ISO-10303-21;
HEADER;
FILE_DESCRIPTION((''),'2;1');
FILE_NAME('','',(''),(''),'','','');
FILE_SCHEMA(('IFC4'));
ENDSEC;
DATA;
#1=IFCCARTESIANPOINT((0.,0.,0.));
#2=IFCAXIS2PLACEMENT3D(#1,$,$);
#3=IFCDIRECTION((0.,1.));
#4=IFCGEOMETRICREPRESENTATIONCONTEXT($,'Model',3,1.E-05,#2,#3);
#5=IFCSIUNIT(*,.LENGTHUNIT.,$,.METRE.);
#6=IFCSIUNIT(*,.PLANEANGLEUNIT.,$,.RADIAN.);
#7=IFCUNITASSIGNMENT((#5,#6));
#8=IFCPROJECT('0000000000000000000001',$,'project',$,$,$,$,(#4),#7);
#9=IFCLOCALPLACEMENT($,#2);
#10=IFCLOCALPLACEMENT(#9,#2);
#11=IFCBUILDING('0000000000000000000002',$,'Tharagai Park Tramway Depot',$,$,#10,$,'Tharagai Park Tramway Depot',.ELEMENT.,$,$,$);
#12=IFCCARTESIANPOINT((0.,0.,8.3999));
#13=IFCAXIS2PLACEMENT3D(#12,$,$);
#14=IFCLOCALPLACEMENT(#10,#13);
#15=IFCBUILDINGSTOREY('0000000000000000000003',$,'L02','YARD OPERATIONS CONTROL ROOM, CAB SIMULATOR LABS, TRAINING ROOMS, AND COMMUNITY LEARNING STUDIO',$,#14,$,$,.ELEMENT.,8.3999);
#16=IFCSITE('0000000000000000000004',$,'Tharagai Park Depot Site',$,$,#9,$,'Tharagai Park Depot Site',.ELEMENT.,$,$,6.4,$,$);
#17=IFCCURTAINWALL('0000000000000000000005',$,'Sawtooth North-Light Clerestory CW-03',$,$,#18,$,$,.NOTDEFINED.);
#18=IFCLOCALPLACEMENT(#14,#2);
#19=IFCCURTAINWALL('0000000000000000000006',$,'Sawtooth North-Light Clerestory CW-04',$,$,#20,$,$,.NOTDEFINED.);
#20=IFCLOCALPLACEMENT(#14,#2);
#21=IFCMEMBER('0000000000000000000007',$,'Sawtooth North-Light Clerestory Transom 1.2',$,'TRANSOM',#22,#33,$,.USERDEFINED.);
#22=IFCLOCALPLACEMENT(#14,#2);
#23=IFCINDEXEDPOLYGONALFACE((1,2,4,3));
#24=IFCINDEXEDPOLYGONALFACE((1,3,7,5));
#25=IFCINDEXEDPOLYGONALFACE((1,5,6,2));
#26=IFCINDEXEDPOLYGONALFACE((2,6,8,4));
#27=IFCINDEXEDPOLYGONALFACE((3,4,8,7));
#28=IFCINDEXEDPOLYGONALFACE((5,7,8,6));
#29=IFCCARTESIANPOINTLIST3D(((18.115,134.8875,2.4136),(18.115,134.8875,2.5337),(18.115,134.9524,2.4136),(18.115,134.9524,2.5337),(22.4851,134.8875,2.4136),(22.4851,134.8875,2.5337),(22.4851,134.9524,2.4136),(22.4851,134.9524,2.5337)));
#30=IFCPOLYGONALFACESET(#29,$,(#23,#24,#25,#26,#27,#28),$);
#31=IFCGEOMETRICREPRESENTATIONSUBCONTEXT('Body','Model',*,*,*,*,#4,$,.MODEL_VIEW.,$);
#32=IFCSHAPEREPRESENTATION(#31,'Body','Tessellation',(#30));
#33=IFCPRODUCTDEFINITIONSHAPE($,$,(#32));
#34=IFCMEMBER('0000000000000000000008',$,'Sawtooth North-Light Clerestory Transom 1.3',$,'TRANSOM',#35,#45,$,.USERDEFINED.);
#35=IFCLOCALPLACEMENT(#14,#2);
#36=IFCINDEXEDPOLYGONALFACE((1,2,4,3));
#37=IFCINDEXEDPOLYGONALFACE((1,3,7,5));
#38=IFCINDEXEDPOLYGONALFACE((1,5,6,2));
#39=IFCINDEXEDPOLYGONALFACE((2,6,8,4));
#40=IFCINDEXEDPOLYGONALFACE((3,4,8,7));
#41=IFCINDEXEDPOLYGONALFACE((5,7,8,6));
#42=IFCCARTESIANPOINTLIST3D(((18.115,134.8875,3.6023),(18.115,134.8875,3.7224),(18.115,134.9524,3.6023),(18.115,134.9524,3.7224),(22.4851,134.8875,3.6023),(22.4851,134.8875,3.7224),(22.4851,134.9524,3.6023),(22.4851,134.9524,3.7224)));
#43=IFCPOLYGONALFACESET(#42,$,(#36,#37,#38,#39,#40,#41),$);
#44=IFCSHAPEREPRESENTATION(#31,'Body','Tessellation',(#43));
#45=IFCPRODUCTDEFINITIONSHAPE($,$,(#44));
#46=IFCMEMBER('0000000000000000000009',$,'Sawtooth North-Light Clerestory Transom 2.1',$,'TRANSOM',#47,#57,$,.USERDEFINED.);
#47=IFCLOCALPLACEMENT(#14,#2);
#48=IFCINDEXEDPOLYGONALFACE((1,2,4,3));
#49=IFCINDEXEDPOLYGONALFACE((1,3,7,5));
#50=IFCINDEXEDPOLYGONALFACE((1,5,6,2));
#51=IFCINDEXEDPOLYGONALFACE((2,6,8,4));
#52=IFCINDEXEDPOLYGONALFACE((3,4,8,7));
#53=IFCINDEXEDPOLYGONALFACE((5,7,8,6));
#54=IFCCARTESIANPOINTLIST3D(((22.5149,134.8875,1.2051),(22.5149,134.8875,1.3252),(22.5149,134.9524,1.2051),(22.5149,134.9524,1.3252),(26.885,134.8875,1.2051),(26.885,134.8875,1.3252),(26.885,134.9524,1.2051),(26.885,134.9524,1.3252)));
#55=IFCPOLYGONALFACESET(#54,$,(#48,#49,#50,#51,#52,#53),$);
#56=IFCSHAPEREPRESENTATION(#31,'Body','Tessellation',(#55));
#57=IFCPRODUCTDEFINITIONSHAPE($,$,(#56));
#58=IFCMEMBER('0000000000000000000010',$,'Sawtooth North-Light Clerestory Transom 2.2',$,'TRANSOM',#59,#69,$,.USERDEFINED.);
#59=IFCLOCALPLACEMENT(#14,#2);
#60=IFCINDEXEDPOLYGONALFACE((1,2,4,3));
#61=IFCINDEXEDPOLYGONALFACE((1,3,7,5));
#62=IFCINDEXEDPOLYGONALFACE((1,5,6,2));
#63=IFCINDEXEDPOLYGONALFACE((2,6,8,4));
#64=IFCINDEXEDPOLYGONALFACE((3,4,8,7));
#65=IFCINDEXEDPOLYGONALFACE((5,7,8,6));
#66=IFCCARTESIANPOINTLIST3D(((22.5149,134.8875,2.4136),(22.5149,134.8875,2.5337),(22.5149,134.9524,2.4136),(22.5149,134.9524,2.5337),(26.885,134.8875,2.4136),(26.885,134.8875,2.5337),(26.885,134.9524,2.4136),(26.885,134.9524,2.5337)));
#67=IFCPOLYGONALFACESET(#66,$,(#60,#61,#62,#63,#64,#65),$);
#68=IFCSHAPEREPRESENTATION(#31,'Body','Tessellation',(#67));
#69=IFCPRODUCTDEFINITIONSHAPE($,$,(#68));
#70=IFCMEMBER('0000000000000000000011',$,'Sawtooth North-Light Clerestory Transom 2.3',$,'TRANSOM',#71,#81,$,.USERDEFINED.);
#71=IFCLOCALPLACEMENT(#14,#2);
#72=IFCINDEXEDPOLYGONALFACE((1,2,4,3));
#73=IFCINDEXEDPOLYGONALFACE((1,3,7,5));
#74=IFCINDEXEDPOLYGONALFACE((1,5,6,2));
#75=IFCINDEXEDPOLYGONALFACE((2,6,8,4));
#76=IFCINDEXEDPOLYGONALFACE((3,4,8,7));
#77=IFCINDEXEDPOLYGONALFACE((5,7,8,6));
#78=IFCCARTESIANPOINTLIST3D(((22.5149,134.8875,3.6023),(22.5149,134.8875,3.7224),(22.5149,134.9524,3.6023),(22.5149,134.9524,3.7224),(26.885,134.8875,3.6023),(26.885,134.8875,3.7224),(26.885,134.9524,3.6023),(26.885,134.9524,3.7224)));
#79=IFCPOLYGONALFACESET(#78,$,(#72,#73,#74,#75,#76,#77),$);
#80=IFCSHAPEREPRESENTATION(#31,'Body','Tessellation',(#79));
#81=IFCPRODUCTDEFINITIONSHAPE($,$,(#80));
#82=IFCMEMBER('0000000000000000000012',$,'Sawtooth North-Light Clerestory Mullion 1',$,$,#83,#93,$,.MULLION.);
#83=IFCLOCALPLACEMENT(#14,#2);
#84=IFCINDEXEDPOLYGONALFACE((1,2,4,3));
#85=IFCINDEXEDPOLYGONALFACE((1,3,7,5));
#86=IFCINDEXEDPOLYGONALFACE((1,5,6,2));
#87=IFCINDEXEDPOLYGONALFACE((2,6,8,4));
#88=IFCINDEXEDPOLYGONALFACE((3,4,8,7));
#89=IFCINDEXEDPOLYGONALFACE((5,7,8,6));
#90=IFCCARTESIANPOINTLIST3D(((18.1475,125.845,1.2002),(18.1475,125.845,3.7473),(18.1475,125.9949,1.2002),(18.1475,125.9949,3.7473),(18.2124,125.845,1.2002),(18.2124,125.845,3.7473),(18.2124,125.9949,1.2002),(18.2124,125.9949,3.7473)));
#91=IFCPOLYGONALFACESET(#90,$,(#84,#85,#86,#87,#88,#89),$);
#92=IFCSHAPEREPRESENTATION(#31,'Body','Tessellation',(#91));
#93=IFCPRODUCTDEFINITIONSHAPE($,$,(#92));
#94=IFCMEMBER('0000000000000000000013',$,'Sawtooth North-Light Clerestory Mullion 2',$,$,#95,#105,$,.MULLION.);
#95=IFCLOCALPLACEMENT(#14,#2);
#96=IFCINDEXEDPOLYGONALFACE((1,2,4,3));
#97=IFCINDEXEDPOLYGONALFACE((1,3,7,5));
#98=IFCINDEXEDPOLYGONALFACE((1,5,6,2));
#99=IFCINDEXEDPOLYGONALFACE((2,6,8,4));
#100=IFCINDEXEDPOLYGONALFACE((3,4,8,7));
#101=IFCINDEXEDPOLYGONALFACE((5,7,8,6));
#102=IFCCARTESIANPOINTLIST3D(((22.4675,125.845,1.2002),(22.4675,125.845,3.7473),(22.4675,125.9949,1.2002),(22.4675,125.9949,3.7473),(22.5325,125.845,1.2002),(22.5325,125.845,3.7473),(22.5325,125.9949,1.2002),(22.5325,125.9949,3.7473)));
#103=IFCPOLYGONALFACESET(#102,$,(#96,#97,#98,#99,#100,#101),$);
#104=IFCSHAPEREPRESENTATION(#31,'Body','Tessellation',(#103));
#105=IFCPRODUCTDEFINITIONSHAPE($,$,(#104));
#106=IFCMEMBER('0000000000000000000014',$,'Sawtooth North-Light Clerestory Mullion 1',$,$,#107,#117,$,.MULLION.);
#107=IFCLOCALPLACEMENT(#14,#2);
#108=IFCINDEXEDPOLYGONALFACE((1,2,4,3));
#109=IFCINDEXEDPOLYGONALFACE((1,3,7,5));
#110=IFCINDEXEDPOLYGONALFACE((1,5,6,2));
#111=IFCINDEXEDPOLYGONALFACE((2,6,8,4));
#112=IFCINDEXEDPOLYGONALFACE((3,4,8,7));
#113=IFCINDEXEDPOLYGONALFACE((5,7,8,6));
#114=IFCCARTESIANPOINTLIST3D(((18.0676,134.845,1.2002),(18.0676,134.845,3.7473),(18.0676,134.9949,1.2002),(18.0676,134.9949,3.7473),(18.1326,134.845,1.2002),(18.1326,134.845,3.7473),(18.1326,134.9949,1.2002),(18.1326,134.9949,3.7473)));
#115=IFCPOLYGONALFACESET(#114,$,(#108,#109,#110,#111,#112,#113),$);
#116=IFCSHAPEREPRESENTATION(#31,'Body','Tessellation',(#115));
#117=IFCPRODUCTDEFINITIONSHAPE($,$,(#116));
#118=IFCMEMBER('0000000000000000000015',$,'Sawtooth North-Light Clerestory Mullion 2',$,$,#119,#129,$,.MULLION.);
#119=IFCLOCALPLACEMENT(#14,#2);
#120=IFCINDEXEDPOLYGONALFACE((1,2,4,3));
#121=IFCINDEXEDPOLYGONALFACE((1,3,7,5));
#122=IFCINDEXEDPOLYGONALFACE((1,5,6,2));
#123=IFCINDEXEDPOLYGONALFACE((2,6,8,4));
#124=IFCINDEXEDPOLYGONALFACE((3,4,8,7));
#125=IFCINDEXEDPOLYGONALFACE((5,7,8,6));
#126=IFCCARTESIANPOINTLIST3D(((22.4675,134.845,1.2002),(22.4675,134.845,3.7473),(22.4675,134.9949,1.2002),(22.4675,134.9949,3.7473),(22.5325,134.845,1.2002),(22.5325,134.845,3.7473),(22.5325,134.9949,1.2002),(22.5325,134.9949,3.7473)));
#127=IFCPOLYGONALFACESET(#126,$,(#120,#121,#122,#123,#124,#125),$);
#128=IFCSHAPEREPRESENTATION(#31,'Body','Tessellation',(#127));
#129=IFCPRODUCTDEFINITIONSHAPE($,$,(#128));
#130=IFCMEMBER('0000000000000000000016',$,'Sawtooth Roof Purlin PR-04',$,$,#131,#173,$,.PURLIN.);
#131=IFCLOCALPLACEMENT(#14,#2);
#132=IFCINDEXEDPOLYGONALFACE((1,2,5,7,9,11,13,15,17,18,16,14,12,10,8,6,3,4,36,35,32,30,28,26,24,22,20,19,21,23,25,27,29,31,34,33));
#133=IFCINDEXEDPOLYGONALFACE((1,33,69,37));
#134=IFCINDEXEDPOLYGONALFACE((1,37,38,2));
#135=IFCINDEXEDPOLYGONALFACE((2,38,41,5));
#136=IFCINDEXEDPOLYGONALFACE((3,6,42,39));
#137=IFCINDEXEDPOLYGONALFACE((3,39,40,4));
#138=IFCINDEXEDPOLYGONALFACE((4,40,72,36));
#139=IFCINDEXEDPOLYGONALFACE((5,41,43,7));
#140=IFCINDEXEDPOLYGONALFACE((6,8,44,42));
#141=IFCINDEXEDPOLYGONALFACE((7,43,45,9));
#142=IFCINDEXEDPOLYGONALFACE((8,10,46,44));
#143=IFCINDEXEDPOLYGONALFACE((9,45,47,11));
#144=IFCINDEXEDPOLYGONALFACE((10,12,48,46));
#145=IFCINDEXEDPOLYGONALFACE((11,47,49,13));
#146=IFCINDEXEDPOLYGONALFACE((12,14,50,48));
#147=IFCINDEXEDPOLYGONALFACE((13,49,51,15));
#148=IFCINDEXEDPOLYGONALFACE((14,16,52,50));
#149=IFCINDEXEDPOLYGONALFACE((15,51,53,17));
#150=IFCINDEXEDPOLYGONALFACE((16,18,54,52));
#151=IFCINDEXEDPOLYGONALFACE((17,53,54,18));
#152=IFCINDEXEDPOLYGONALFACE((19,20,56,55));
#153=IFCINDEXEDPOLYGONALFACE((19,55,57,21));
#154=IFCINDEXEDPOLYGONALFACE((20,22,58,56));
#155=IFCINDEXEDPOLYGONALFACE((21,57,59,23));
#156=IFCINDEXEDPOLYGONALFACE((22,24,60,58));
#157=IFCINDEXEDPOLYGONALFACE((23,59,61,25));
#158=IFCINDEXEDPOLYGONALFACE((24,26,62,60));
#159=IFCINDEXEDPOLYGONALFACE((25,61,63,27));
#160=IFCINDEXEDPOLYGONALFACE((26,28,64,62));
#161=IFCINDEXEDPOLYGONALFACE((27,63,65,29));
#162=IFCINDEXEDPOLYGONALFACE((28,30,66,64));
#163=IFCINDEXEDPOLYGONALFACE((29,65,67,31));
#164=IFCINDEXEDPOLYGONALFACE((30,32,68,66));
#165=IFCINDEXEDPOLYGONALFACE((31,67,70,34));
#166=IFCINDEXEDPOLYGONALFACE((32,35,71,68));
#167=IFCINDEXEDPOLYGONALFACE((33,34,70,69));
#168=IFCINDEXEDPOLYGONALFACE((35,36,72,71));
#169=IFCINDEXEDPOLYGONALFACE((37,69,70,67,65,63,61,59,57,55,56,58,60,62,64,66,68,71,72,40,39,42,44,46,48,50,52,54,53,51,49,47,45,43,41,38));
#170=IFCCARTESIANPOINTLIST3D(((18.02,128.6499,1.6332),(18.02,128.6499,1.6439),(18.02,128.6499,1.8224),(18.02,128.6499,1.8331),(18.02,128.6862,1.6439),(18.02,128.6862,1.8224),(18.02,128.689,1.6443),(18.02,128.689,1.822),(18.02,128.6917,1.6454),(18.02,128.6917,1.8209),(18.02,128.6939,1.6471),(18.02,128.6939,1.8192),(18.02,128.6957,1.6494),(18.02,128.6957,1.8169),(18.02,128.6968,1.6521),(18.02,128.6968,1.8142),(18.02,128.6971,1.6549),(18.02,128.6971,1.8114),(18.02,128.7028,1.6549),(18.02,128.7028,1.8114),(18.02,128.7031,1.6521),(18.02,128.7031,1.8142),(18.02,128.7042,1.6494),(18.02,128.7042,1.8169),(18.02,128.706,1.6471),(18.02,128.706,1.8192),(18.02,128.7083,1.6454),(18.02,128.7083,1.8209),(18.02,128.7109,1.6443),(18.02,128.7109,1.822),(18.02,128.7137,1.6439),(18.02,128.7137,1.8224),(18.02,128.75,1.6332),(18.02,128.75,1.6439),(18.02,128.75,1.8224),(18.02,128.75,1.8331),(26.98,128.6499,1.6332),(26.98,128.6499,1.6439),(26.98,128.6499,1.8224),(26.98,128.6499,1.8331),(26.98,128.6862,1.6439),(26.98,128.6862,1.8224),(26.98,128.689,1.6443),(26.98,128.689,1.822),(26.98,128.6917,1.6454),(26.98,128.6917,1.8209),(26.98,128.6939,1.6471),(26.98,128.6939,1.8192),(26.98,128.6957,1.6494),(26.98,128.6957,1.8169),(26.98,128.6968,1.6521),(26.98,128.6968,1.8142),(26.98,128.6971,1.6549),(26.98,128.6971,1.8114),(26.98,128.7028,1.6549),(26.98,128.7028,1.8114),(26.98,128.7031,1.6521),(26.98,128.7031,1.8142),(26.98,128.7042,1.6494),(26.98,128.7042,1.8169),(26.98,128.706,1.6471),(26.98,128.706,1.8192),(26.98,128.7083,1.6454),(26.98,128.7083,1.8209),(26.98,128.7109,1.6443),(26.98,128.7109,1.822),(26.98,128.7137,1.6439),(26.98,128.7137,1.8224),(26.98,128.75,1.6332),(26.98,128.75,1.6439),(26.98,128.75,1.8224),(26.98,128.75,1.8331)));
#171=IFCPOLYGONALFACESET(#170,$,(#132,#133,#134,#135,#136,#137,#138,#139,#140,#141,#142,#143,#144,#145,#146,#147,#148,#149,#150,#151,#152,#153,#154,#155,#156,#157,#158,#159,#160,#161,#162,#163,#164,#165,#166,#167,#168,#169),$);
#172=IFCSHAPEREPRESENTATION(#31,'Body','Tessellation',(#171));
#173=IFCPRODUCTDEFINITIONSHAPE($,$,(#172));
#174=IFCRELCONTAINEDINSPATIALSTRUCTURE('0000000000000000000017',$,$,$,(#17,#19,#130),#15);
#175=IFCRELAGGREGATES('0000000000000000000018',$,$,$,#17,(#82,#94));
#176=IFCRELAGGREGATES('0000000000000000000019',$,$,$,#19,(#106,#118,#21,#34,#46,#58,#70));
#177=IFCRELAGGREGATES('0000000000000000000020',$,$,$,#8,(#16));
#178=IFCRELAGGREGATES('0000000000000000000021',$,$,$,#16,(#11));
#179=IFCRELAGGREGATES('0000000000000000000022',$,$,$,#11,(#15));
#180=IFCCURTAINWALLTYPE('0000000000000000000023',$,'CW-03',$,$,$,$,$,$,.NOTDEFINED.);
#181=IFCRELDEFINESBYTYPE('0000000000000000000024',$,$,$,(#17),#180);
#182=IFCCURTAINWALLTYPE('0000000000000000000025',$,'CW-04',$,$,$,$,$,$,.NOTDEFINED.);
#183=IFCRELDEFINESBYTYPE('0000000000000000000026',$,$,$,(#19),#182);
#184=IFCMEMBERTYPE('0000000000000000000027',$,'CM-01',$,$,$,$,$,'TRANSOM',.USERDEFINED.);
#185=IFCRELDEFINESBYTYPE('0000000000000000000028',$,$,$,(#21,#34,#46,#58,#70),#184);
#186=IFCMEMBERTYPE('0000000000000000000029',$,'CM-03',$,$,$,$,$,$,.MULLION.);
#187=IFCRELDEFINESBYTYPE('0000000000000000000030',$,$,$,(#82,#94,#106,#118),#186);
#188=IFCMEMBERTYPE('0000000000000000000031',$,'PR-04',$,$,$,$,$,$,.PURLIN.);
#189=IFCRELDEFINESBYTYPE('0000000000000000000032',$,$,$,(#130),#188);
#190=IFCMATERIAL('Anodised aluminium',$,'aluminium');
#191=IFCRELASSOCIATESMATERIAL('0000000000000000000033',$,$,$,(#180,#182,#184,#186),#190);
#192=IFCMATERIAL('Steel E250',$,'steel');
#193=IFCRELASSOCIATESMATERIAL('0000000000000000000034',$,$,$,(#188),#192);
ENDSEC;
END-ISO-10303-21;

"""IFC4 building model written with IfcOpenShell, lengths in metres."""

from ifc_helpers import new_model, si_unit, direction, frame, origin, origin_2d, place, context, subcontext, project, spatial, rectangle, i_section, extrude, material, material_profile, profile_set, type_object, element, aggregate, save


model = new_model("IFC4")

# Units and contexts
model_context = context("Model", 3, precision=1e-05, world=origin(), true_north=direction((0.0, 1.0)))
body_context = subcontext(model_context, "Body", "Model", "MODEL_VIEW")
ifc_project = project(units=[si_unit("LENGTHUNIT", "METRE"), si_unit("PLANEANGLEUNIT", "RADIAN")], contexts=[model_context])

# Site, building, storey
site_placement = place(None, origin())
site = spatial("IfcSite", under=ifc_project, at=site_placement, Name="Tharagai Park Depot Site", LongName="Tharagai Park Depot Site", CompositionType="ELEMENT", RefElevation=6.4)
building_placement = place(site_placement, origin())
building = spatial("IfcBuilding", under=site, at=building_placement, Name="Tharagai Park Tramway Depot", LongName="Tharagai Park Tramway Depot", CompositionType="ELEMENT")
storey_placement = place(building_placement, frame((0.0, 0.0, 8.3999)))
storey = spatial("IfcBuildingStorey", under=building, at=storey_placement, Name="L02", Description="YARD OPERATIONS CONTROL ROOM, CAB SIMULATOR LABS, TRAINING ROOMS, AND COMMUNITY LEARNING STUDIO", CompositionType="ELEMENT", Elevation=8.3999)

# Curtain walls, members
ifc_material_1 = material(Name="Anodised aluminium", Category="aluminium")
curtain_wall_type_1 = type_object("IfcCurtainWallType", Name="CW-03", PredefinedType="NOTDEFINED", material=ifc_material_1)
curtain_wall_1_placement = place(storey_placement, origin())
curtain_wall_1 = element("IfcCurtainWall", 1, at=curtain_wall_1_placement, inside=storey, type_object=curtain_wall_type_1, Name="Sawtooth North-Light Clerestory CW-03", PredefinedType="NOTDEFINED")
ifc_material_profile_1 = material_profile(ifc_material_1, rectangle(XDim=0.0649, YDim=0.1201, at=origin_2d()), Name="ALU 65x120")
ifc_profile_set_1 = profile_set([ifc_material_profile_1], Name="Anodised aluminium")
member_type_1 = type_object("IfcMemberType", Name="CM-01", ElementType="TRANSOM", PredefinedType="USERDEFINED", material=ifc_profile_set_1)
curtain_wall_type_2 = type_object("IfcCurtainWallType", Name="CW-04", PredefinedType="NOTDEFINED", material=ifc_material_1)
curtain_wall_2_placement = place(storey_placement, origin())
curtain_wall_2 = element("IfcCurtainWall", 2, at=curtain_wall_2_placement, inside=storey, type_object=curtain_wall_type_2, Name="Sawtooth North-Light Clerestory CW-04", PredefinedType="NOTDEFINED")
member_1_placement = place(storey_placement, frame((18.115, 134.9199, 2.4736), z_axis=(1.0, 0.0, 0.0), x_axis=(0.0, 1.0, 0.0)))
member_1 = element("IfcMember", 3, at=member_1_placement, type_object=member_type_1, Name="Sawtooth North-Light Clerestory Transom 1.2", ObjectType="TRANSOM", PredefinedType="USERDEFINED", context=body_context, shape_type="SweptSolid", body=[
    extrude(rectangle(XDim=0.0649, YDim=0.1201, at=origin_2d()), origin(), (0.0, 0.0, 1.0), 4.3701),
])
member_2_placement = place(storey_placement, frame((18.115, 134.9199, 3.6624), z_axis=(1.0, 0.0, 0.0), x_axis=(0.0, 1.0, 0.0)))
member_2 = element("IfcMember", 4, at=member_2_placement, type_object=member_type_1, Name="Sawtooth North-Light Clerestory Transom 1.3", ObjectType="TRANSOM", PredefinedType="USERDEFINED", context=body_context, shape_type="SweptSolid", body=[
    extrude(rectangle(XDim=0.0649, YDim=0.1201, at=origin_2d()), origin(), (0.0, 0.0, 1.0), 4.3701),
])
member_3_placement = place(storey_placement, frame((22.5149, 134.9199, 1.2651), z_axis=(1.0, 0.0, 0.0), x_axis=(0.0, 1.0, 0.0)))
member_3 = element("IfcMember", 5, at=member_3_placement, type_object=member_type_1, Name="Sawtooth North-Light Clerestory Transom 2.1", ObjectType="TRANSOM", PredefinedType="USERDEFINED", context=body_context, shape_type="SweptSolid", body=[
    extrude(rectangle(XDim=0.0649, YDim=0.1201, at=origin_2d()), origin(), (0.0, 0.0, 1.0), 4.3701),
])
member_4_placement = place(storey_placement, frame((22.5149, 134.9199, 2.4736), z_axis=(1.0, 0.0, 0.0), x_axis=(0.0, 1.0, 0.0)))
member_4 = element("IfcMember", 6, at=member_4_placement, type_object=member_type_1, Name="Sawtooth North-Light Clerestory Transom 2.2", ObjectType="TRANSOM", PredefinedType="USERDEFINED", context=body_context, shape_type="SweptSolid", body=[
    extrude(rectangle(XDim=0.0649, YDim=0.1201, at=origin_2d()), origin(), (0.0, 0.0, 1.0), 4.3701),
])
member_5_placement = place(storey_placement, frame((22.5149, 134.9199, 3.6624), z_axis=(1.0, 0.0, 0.0), x_axis=(0.0, 1.0, 0.0)))
member_5 = element("IfcMember", 7, at=member_5_placement, type_object=member_type_1, Name="Sawtooth North-Light Clerestory Transom 2.3", ObjectType="TRANSOM", PredefinedType="USERDEFINED", context=body_context, shape_type="SweptSolid", body=[
    extrude(rectangle(XDim=0.0649, YDim=0.1201, at=origin_2d()), origin(), (0.0, 0.0, 1.0), 4.3701),
])

# Members
ifc_material_profile_2 = material_profile(ifc_material_1, rectangle(XDim=0.0649, YDim=0.1499, at=origin_2d()), Name="ALU 65x150")
ifc_profile_set_2 = profile_set([ifc_material_profile_2], Name="Anodised aluminium")
member_type_2 = type_object("IfcMemberType", Name="CM-03", PredefinedType="MULLION", material=ifc_profile_set_2)
member_6_placement = place(storey_placement, frame((18.1799, 125.9199, 1.2002), z_axis=(0.0, 0.0, 1.0), x_axis=(1.0, 0.0, 0.0)))
member_6 = element("IfcMember", 8, at=member_6_placement, type_object=member_type_2, Name="Sawtooth North-Light Clerestory Mullion 1", PredefinedType="MULLION", context=body_context, shape_type="SweptSolid", body=[
    extrude(rectangle(XDim=0.0649, YDim=0.1499, at=origin_2d()), origin(), (0.0, 0.0, 1.0), 2.5471),
])
member_7_placement = place(storey_placement, frame((22.5, 125.9199, 1.2002), z_axis=(0.0, 0.0, 1.0), x_axis=(1.0, 0.0, 0.0)))
member_7 = element("IfcMember", 9, at=member_7_placement, type_object=member_type_2, Name="Sawtooth North-Light Clerestory Mullion 2", PredefinedType="MULLION", context=body_context, shape_type="SweptSolid", body=[
    extrude(rectangle(XDim=0.0649, YDim=0.1499, at=origin_2d()), origin(), (0.0, 0.0, 1.0), 2.5471),
])
member_8_placement = place(storey_placement, frame((18.1001, 134.9199, 1.2002), z_axis=(0.0, 0.0, 1.0), x_axis=(1.0, 0.0, 0.0)))
member_8 = element("IfcMember", 10, at=member_8_placement, type_object=member_type_2, Name="Sawtooth North-Light Clerestory Mullion 1", PredefinedType="MULLION", context=body_context, shape_type="SweptSolid", body=[
    extrude(rectangle(XDim=0.0649, YDim=0.1499, at=origin_2d()), origin(), (0.0, 0.0, 1.0), 2.5471),
])
member_9_placement = place(storey_placement, frame((22.5, 134.9199, 1.2002), z_axis=(0.0, 0.0, 1.0), x_axis=(1.0, 0.0, 0.0)))
member_9 = element("IfcMember", 11, at=member_9_placement, type_object=member_type_2, Name="Sawtooth North-Light Clerestory Mullion 2", PredefinedType="MULLION", context=body_context, shape_type="SweptSolid", body=[
    extrude(rectangle(XDim=0.0649, YDim=0.1499, at=origin_2d()), origin(), (0.0, 0.0, 1.0), 2.5471),
])

# Member
ifc_material_2 = material(Name="Steel E250", Category="steel")
ifc_material_profile_3 = material_profile(ifc_material_2, i_section(OverallWidth=0.1001, OverallDepth=0.2, WebThickness=0.0056, FlangeThickness=0.0107, FilletRadius=0.011, at=origin_2d()), Name="ISMB 200")
ifc_profile_set_3 = profile_set([ifc_material_profile_3], Name="Steel E250")
member_type_3 = type_object("IfcMemberType", Name="PR-04", PredefinedType="PURLIN", material=ifc_profile_set_3)
for number, where, z_axis, x_axis, name in (
    (12, (18.02, 128.7, 1.7332), (1.0, 0.0, 0.0), (0.0, 1.0, 0.0), "Sawtooth Roof Purlin PR-04"),
):
    element("IfcMember", number, at=place(storey_placement, frame(where, z_axis=z_axis, x_axis=x_axis)), inside=storey, type_object=member_type_3, Name=name, PredefinedType="PURLIN", context=body_context, shape_type="SweptSolid", body=[
        extrude(i_section(OverallWidth=0.1001, OverallDepth=0.2, WebThickness=0.0056, FlangeThickness=0.0107, FilletRadius=0.011, at=origin_2d()), origin(), (0.0, 0.0, 1.0), 8.96),
    ])

aggregate(curtain_wall_1, [member_6, member_7])
aggregate(curtain_wall_2, [member_8, member_9, member_1, member_2, member_3, member_4, member_5])

save(model, "model.ifc")
